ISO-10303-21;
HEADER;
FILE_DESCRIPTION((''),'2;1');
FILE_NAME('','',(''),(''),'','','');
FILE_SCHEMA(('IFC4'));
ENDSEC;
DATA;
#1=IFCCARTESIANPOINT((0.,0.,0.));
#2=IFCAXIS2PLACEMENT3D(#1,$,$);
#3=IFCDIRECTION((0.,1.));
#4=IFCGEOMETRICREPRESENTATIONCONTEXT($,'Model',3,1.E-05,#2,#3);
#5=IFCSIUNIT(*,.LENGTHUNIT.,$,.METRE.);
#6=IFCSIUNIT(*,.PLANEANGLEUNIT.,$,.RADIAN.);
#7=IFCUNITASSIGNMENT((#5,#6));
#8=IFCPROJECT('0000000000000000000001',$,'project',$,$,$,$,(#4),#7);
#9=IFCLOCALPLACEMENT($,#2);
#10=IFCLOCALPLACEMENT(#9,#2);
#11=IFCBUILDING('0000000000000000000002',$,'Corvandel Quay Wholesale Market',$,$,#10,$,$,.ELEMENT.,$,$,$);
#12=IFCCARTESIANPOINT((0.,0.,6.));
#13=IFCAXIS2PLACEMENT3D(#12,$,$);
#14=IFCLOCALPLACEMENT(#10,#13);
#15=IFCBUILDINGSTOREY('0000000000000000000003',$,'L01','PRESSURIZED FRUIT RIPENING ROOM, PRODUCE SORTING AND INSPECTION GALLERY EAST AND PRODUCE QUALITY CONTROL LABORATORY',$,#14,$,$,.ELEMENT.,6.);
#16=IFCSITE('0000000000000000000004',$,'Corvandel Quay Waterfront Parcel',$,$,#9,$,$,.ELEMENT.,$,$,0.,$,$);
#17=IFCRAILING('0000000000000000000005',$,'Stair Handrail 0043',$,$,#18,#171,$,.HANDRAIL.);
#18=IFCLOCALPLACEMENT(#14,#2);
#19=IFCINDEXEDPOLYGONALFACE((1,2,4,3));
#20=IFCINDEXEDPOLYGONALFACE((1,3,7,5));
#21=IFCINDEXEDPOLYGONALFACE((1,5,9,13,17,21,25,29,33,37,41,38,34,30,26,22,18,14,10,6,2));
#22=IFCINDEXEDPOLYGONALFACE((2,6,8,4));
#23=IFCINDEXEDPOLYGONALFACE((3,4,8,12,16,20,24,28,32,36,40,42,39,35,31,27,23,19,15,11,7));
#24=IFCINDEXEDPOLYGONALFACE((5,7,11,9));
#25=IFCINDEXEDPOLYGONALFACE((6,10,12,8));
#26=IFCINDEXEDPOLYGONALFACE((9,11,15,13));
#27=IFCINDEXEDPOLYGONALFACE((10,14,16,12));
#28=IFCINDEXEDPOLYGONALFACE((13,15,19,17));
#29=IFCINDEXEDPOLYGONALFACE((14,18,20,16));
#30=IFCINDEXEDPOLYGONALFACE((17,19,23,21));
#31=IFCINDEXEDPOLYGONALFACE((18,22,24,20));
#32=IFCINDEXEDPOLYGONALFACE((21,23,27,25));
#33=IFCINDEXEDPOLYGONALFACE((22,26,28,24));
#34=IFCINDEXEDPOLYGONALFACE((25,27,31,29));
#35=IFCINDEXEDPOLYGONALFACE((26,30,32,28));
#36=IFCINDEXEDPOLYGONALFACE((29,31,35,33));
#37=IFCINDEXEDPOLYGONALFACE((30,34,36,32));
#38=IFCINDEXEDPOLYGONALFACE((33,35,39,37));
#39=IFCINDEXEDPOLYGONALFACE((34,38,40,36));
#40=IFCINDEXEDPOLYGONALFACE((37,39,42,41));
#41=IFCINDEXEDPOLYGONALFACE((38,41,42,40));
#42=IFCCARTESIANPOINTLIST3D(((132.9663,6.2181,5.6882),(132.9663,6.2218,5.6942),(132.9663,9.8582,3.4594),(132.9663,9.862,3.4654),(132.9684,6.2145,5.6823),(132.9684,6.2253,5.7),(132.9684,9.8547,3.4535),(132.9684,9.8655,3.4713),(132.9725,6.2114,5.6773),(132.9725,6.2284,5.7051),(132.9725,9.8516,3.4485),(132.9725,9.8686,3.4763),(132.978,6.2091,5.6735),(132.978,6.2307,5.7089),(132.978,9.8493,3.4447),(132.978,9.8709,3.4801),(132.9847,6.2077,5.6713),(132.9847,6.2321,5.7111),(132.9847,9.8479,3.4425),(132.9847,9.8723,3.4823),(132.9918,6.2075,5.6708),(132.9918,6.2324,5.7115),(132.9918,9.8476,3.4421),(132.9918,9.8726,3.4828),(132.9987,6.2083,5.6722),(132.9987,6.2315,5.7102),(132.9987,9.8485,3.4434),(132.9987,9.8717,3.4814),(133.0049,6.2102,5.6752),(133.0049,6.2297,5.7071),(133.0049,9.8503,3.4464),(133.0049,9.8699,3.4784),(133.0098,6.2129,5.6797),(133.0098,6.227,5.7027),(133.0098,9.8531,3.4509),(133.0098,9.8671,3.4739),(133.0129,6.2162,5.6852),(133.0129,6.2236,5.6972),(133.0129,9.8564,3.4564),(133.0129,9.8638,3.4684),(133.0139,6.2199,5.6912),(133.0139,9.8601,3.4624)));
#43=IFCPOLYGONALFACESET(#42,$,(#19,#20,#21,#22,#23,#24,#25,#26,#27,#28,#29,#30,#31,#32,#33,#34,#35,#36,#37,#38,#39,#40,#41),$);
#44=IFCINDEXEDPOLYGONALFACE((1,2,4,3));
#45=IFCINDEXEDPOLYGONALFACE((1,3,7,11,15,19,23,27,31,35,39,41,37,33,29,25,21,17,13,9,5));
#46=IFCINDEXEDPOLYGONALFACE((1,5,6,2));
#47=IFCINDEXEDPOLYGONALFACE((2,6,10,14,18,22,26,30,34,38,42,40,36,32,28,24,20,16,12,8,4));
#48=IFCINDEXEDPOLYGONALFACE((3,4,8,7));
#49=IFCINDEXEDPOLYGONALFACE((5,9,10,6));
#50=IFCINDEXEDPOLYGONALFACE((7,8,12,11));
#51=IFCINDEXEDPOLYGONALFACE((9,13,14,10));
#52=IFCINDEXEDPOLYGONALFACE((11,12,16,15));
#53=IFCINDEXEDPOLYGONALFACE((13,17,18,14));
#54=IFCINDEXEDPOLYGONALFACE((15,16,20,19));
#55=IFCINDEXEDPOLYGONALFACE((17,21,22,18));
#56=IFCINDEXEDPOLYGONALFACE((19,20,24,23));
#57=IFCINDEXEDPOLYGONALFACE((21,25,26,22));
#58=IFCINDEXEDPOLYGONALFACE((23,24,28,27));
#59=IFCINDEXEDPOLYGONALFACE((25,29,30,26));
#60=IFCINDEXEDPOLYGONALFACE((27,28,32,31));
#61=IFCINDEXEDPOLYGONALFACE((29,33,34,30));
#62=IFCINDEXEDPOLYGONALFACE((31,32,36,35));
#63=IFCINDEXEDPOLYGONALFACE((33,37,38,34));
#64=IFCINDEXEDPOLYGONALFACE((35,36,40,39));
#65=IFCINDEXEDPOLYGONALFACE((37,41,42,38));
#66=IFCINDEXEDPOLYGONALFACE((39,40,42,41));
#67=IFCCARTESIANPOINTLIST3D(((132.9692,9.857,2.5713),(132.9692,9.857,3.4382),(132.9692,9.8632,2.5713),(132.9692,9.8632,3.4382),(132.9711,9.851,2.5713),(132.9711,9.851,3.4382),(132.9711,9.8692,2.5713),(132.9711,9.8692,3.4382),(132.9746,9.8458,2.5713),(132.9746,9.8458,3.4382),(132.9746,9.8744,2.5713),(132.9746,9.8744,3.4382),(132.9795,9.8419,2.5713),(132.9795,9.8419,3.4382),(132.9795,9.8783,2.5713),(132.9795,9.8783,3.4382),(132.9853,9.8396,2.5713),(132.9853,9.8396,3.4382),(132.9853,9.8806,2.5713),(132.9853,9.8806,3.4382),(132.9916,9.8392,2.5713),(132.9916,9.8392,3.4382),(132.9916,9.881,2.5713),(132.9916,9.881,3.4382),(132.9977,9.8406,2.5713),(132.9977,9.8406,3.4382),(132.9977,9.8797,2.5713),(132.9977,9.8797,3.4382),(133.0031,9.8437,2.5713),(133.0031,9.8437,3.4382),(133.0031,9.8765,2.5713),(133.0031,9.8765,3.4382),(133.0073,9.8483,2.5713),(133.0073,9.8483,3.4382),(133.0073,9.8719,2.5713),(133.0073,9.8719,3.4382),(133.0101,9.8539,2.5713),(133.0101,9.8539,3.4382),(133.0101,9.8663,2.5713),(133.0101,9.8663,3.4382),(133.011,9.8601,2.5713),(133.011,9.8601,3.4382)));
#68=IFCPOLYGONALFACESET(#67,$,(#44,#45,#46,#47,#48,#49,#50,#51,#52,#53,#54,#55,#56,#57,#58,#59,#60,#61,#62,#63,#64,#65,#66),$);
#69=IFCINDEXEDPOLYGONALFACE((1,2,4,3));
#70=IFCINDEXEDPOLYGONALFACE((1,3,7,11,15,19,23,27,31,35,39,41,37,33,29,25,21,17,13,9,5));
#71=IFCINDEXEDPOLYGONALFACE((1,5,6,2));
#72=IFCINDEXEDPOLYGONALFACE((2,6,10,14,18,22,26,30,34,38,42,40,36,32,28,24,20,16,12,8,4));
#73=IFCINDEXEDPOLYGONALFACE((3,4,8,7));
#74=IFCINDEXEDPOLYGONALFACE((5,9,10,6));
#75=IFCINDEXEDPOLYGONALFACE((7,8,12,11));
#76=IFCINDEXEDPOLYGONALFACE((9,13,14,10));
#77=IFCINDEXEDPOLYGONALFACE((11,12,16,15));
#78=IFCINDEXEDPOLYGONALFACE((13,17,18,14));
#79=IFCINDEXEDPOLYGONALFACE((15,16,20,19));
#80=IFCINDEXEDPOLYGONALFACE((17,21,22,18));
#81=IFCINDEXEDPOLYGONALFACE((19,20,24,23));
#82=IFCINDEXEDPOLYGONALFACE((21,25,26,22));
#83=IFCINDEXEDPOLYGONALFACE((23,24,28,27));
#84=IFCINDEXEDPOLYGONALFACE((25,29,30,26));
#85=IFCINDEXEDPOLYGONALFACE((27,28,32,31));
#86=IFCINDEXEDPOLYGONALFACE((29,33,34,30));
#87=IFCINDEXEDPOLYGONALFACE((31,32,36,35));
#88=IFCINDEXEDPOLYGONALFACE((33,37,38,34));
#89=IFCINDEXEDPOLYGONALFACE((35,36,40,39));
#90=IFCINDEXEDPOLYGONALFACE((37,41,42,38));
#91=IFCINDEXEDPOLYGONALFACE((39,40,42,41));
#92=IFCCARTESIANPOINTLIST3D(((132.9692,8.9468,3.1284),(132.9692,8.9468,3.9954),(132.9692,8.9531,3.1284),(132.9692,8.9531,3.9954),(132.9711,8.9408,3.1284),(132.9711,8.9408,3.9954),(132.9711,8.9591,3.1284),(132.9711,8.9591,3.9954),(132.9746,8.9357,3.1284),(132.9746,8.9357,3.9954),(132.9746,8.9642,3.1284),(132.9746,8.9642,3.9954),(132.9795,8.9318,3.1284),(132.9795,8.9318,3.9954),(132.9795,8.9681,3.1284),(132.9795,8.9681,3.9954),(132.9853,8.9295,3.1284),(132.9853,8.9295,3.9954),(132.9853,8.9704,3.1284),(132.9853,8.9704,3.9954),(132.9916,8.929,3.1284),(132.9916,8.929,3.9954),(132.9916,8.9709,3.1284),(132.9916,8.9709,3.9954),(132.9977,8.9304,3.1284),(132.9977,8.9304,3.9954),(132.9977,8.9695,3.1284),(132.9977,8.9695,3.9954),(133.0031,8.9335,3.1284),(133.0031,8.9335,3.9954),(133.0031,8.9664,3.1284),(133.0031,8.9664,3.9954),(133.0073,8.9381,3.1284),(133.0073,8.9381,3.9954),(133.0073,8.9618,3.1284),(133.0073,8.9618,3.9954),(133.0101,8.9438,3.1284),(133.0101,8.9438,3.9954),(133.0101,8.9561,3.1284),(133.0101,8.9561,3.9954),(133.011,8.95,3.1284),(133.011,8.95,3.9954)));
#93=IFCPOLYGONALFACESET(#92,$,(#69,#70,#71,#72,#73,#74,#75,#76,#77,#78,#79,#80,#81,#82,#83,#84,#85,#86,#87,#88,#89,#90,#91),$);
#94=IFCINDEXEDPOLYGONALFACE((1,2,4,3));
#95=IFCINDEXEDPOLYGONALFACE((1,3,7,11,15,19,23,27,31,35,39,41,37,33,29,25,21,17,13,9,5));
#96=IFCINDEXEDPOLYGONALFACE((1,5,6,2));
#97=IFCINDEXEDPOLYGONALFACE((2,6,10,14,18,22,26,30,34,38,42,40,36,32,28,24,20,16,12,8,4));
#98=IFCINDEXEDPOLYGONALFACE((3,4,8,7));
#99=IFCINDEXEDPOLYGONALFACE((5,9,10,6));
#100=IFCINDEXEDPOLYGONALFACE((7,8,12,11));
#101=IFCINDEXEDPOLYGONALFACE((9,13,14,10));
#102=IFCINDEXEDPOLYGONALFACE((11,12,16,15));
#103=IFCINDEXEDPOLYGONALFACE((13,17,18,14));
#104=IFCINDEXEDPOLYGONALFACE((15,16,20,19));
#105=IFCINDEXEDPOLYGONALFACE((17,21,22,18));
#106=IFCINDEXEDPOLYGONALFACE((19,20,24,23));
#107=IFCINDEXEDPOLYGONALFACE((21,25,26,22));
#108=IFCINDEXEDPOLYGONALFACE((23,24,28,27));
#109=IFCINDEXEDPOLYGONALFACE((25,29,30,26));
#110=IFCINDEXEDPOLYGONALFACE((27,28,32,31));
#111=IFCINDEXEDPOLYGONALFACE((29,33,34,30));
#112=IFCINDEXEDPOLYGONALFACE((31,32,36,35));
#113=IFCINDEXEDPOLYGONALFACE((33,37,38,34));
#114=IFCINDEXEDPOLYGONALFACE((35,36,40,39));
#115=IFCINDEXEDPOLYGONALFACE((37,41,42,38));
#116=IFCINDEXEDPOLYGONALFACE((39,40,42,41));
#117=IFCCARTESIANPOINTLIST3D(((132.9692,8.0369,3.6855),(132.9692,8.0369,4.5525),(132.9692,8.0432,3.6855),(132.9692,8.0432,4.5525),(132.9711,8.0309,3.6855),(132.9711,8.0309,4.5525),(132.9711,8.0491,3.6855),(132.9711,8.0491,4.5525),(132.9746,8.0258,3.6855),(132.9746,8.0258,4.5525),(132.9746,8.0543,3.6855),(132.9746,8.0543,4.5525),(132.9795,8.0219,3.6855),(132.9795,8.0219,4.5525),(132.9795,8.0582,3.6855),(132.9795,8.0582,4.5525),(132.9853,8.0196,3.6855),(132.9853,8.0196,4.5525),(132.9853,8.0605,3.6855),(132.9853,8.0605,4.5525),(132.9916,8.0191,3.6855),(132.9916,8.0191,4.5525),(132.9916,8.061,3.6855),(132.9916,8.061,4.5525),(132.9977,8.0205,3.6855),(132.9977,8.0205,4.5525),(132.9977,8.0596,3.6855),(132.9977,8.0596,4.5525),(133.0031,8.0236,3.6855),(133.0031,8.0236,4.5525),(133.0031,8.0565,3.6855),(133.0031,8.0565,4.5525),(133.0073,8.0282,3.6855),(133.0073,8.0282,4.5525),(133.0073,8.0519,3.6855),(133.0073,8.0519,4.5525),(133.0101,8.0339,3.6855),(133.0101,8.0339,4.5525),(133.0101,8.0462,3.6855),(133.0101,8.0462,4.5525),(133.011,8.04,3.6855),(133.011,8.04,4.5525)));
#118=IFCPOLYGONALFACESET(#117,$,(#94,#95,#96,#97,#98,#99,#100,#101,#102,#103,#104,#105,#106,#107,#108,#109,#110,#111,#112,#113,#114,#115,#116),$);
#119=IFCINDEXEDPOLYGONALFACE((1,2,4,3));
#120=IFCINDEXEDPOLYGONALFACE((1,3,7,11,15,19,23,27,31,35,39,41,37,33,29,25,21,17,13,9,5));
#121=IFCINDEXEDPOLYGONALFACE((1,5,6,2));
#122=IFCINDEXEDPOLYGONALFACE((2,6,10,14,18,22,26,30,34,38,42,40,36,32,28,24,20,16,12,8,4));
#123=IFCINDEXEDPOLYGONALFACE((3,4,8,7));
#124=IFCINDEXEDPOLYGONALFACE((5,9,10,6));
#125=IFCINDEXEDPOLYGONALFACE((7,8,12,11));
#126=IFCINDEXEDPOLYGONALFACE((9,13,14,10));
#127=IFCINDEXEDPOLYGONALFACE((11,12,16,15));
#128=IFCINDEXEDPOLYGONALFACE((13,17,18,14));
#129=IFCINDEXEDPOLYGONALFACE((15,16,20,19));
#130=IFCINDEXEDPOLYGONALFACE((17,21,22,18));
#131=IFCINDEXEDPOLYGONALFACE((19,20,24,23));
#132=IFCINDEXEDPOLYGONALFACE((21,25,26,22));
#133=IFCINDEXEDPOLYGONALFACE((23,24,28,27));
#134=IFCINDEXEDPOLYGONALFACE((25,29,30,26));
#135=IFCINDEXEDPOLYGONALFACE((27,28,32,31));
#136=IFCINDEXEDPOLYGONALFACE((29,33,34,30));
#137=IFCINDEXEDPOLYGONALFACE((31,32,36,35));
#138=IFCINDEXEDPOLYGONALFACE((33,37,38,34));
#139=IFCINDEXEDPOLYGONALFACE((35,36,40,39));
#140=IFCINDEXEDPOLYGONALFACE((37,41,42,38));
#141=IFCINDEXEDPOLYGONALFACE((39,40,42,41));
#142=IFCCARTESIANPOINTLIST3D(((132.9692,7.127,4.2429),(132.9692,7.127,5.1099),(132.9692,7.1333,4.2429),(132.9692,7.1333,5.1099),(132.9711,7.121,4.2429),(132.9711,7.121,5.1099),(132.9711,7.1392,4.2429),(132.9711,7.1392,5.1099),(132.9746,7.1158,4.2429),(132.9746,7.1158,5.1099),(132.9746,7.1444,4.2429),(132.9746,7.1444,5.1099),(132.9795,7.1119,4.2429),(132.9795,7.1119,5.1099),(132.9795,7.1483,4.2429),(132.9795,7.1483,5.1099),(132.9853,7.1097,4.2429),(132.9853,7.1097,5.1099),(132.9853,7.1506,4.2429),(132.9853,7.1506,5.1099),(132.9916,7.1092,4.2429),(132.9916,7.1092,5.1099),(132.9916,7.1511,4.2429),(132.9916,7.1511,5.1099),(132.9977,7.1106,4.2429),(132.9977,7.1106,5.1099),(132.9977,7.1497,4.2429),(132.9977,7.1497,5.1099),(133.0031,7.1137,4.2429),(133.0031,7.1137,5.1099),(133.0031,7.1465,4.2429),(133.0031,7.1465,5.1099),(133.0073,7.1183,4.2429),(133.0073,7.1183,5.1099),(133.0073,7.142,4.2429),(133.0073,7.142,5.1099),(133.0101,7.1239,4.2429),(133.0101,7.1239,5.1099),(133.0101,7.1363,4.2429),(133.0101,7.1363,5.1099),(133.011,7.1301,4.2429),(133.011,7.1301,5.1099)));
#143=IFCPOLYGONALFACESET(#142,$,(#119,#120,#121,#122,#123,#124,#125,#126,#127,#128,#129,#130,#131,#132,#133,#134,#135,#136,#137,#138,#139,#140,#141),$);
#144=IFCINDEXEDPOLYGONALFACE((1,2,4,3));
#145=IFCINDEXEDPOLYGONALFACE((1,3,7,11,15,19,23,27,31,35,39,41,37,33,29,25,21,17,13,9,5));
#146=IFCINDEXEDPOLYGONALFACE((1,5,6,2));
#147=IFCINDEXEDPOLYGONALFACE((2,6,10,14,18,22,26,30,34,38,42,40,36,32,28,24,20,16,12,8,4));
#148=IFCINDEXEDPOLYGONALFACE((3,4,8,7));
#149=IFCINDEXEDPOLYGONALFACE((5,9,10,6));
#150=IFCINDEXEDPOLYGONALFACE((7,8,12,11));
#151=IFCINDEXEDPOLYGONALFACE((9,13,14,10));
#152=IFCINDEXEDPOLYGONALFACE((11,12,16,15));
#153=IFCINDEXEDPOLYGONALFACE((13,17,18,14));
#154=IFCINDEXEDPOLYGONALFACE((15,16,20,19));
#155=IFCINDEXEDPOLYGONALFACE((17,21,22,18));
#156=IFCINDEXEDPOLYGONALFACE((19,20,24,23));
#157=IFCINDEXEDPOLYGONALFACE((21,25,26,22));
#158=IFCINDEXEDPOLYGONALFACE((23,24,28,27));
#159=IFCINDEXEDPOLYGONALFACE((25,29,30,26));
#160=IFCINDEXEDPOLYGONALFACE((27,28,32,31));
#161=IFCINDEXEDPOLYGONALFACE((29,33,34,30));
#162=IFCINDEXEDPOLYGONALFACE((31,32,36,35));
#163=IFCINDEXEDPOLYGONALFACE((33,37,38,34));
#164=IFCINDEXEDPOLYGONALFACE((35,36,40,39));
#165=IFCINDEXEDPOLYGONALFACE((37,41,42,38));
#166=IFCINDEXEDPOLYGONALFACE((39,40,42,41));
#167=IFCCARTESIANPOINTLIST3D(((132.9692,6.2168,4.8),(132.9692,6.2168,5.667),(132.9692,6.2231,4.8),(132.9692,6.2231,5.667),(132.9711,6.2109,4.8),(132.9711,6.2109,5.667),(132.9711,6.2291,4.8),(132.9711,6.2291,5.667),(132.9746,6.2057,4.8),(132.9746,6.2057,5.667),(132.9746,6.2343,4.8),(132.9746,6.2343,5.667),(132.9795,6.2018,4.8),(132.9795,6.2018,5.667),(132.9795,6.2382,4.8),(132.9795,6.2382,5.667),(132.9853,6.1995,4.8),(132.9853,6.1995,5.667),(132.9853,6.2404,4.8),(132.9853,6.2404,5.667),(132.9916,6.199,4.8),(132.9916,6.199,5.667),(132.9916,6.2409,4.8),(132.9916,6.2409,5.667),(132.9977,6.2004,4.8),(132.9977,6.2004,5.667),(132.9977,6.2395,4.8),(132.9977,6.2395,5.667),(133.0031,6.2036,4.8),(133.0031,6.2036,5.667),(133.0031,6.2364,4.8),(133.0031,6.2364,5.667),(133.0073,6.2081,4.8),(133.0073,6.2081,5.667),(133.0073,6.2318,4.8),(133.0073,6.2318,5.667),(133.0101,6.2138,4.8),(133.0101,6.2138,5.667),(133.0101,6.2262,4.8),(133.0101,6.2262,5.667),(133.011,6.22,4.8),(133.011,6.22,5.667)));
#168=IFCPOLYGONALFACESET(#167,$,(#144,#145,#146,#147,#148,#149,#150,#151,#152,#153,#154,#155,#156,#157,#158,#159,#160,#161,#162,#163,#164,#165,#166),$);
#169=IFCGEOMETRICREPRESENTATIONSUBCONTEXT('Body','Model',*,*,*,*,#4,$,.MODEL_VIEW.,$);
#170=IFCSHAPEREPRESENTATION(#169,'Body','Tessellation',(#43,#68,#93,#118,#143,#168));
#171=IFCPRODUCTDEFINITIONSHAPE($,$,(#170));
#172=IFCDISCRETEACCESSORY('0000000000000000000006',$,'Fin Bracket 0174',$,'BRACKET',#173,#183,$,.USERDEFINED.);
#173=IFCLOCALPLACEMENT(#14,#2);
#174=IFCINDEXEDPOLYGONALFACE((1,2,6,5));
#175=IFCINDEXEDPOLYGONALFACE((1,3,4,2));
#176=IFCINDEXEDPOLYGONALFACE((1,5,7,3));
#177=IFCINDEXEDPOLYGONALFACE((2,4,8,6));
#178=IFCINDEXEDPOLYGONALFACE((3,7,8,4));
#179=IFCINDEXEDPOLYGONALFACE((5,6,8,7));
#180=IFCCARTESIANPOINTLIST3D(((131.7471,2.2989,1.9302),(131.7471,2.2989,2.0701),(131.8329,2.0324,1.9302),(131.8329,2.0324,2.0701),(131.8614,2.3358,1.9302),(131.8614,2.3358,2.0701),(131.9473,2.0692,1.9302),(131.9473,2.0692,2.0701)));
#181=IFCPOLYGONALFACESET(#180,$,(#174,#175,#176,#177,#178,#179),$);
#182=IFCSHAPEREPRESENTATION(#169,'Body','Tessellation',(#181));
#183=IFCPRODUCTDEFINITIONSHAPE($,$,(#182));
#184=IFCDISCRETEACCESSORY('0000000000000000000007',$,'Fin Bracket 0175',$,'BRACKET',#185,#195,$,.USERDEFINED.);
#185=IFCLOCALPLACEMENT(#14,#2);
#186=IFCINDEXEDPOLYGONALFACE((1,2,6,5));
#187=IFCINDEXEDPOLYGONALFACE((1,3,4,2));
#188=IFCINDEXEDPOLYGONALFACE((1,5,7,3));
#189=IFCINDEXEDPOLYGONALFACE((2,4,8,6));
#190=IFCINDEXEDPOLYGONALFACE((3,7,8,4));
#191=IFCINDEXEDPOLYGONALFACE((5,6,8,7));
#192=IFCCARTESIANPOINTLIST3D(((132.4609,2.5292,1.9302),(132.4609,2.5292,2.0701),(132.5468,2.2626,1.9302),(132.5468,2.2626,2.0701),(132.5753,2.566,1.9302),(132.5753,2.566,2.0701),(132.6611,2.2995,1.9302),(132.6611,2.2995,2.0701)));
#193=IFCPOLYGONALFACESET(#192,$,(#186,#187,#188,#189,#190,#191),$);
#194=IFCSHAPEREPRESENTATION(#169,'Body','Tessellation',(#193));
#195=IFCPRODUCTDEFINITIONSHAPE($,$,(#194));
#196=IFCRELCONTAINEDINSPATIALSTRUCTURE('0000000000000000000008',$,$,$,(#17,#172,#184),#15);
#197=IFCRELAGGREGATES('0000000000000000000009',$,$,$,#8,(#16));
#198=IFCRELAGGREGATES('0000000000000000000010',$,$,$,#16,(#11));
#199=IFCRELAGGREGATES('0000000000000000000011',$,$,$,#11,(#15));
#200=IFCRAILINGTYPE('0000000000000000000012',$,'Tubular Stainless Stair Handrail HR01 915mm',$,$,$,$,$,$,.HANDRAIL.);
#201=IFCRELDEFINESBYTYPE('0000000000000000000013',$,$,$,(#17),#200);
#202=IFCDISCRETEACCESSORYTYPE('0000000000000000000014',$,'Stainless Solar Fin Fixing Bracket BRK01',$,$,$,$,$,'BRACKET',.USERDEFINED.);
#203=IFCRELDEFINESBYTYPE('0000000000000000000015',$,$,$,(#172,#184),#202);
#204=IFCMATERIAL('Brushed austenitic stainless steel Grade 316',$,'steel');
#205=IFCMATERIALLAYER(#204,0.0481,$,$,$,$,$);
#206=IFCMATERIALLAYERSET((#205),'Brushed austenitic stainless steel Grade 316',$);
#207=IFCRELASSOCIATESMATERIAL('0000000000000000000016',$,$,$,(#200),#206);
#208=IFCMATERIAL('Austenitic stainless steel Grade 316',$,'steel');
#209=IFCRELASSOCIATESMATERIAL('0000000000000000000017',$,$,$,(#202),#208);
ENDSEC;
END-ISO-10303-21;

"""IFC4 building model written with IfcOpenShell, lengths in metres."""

from ifc_helpers import new_model, si_unit, direction, frame, origin, origin_2d, place, context, subcontext, project, spatial, rectangle, circle, extrude, material, layer, layer_set, type_object, element, save


model = new_model("IFC4")

# Units and contexts
model_context = context("Model", 3, precision=1e-05, world=origin(), true_north=direction((0.0, 1.0)))
body_context = subcontext(model_context, "Body", "Model", "MODEL_VIEW")
ifc_project = project(units=[si_unit("LENGTHUNIT", "METRE"), si_unit("PLANEANGLEUNIT", "RADIAN")], contexts=[model_context])

# Site, building, storey
site_placement = place(None, origin())
site = spatial("IfcSite", under=ifc_project, at=site_placement, Name="Corvandel Quay Waterfront Parcel", CompositionType="ELEMENT", RefElevation=0.0)
building_placement = place(site_placement, origin())
building = spatial("IfcBuilding", under=site, at=building_placement, Name="Corvandel Quay Wholesale Market", CompositionType="ELEMENT")
storey_placement = place(building_placement, frame((0.0, 0.0, 6.0)))
storey = spatial("IfcBuildingStorey", under=building, at=storey_placement, Name="L01", Description="PRESSURIZED FRUIT RIPENING ROOM, PRODUCE SORTING AND INSPECTION GALLERY EAST AND PRODUCE QUALITY CONTROL LABORATORY", CompositionType="ELEMENT", Elevation=6.0)

# Railing
ifc_material_1 = material(Name="Brushed austenitic stainless steel Grade 316", Category="steel")
ifc_layer_1 = layer(ifc_material_1, 0.0481)
ifc_layer_set_1 = layer_set([ifc_layer_1], Name="Brushed austenitic stainless steel Grade 316")
railing_type_1 = type_object("IfcRailingType", Name="Tubular Stainless Stair Handrail HR01 915mm", PredefinedType="HANDRAIL", material=ifc_layer_set_1)
for number, where, name in (
    (1, (132.99, 9.8601, 2.5713), "Stair Handrail 0043"),
):
    element("IfcRailing", number, at=place(storey_placement, frame(where)), inside=storey, type_object=railing_type_1, Name=name, PredefinedType="HANDRAIL", context=body_context, shape_type="SweptSolid", body=[
        extrude(circle(Radius=0.0239, at=origin_2d()), frame((0.0, 0.0, 0.8911), z_axis=(0.0, -0.85284, 0.522172), x_axis=(1.0, 0.0, 0.0)), (0.0, 0.0, 1.0), 4.2683),
        extrude(circle(Radius=0.021, at=origin_2d()), origin(), (0.0, 0.0, 1.0), 0.8669),
        extrude(circle(Radius=0.021, at=origin_2d()), frame((0.0, -0.9102, 0.5571)), (0.0, 0.0, 1.0), 0.8669),
        extrude(circle(Radius=0.021, at=origin_2d()), frame((0.0, -1.8201, 1.1143)), (0.0, 0.0, 1.0), 0.8669),
        extrude(circle(Radius=0.021, at=origin_2d()), frame((0.0, -2.73, 1.6716)), (0.0, 0.0, 1.0), 0.8669),
        extrude(circle(Radius=0.021, at=origin_2d()), frame((0.0, -3.6401, 2.2288)), (0.0, 0.0, 1.0), 0.8669),
    ])

# Discrete accessories
ifc_material_2 = material(Name="Austenitic stainless steel Grade 316", Category="steel")
discrete_accessory_type = type_object("IfcDiscreteAccessoryType", Name="Stainless Solar Fin Fixing Bracket BRK01", ElementType="BRACKET", PredefinedType="USERDEFINED", material=ifc_material_2)
for number, where, z_axis, x_axis, name in (
    (2, (131.8472, 2.1841, 1.9302), (0.0, 0.0, 1.0), (-0.306692, 0.951809, 0.0), "Fin Bracket 0174"),
    (3, (132.561, 2.4143, 1.9302), (0.0, 0.0, 1.0), (-0.306692, 0.951809, 0.0), "Fin Bracket 0175"),
):
    element("IfcDiscreteAccessory", number, at=place(storey_placement, frame(where, z_axis=z_axis, x_axis=x_axis)), inside=storey, type_object=discrete_accessory_type, Name=name, ObjectType="BRACKET", PredefinedType="USERDEFINED", context=body_context, shape_type="SweptSolid", body=[
        extrude(rectangle(XDim=0.28, YDim=0.1201, at=origin_2d()), origin(), (0.0, 0.0, 1.0), 0.1399),
    ])

save(model, "model.ifc")
